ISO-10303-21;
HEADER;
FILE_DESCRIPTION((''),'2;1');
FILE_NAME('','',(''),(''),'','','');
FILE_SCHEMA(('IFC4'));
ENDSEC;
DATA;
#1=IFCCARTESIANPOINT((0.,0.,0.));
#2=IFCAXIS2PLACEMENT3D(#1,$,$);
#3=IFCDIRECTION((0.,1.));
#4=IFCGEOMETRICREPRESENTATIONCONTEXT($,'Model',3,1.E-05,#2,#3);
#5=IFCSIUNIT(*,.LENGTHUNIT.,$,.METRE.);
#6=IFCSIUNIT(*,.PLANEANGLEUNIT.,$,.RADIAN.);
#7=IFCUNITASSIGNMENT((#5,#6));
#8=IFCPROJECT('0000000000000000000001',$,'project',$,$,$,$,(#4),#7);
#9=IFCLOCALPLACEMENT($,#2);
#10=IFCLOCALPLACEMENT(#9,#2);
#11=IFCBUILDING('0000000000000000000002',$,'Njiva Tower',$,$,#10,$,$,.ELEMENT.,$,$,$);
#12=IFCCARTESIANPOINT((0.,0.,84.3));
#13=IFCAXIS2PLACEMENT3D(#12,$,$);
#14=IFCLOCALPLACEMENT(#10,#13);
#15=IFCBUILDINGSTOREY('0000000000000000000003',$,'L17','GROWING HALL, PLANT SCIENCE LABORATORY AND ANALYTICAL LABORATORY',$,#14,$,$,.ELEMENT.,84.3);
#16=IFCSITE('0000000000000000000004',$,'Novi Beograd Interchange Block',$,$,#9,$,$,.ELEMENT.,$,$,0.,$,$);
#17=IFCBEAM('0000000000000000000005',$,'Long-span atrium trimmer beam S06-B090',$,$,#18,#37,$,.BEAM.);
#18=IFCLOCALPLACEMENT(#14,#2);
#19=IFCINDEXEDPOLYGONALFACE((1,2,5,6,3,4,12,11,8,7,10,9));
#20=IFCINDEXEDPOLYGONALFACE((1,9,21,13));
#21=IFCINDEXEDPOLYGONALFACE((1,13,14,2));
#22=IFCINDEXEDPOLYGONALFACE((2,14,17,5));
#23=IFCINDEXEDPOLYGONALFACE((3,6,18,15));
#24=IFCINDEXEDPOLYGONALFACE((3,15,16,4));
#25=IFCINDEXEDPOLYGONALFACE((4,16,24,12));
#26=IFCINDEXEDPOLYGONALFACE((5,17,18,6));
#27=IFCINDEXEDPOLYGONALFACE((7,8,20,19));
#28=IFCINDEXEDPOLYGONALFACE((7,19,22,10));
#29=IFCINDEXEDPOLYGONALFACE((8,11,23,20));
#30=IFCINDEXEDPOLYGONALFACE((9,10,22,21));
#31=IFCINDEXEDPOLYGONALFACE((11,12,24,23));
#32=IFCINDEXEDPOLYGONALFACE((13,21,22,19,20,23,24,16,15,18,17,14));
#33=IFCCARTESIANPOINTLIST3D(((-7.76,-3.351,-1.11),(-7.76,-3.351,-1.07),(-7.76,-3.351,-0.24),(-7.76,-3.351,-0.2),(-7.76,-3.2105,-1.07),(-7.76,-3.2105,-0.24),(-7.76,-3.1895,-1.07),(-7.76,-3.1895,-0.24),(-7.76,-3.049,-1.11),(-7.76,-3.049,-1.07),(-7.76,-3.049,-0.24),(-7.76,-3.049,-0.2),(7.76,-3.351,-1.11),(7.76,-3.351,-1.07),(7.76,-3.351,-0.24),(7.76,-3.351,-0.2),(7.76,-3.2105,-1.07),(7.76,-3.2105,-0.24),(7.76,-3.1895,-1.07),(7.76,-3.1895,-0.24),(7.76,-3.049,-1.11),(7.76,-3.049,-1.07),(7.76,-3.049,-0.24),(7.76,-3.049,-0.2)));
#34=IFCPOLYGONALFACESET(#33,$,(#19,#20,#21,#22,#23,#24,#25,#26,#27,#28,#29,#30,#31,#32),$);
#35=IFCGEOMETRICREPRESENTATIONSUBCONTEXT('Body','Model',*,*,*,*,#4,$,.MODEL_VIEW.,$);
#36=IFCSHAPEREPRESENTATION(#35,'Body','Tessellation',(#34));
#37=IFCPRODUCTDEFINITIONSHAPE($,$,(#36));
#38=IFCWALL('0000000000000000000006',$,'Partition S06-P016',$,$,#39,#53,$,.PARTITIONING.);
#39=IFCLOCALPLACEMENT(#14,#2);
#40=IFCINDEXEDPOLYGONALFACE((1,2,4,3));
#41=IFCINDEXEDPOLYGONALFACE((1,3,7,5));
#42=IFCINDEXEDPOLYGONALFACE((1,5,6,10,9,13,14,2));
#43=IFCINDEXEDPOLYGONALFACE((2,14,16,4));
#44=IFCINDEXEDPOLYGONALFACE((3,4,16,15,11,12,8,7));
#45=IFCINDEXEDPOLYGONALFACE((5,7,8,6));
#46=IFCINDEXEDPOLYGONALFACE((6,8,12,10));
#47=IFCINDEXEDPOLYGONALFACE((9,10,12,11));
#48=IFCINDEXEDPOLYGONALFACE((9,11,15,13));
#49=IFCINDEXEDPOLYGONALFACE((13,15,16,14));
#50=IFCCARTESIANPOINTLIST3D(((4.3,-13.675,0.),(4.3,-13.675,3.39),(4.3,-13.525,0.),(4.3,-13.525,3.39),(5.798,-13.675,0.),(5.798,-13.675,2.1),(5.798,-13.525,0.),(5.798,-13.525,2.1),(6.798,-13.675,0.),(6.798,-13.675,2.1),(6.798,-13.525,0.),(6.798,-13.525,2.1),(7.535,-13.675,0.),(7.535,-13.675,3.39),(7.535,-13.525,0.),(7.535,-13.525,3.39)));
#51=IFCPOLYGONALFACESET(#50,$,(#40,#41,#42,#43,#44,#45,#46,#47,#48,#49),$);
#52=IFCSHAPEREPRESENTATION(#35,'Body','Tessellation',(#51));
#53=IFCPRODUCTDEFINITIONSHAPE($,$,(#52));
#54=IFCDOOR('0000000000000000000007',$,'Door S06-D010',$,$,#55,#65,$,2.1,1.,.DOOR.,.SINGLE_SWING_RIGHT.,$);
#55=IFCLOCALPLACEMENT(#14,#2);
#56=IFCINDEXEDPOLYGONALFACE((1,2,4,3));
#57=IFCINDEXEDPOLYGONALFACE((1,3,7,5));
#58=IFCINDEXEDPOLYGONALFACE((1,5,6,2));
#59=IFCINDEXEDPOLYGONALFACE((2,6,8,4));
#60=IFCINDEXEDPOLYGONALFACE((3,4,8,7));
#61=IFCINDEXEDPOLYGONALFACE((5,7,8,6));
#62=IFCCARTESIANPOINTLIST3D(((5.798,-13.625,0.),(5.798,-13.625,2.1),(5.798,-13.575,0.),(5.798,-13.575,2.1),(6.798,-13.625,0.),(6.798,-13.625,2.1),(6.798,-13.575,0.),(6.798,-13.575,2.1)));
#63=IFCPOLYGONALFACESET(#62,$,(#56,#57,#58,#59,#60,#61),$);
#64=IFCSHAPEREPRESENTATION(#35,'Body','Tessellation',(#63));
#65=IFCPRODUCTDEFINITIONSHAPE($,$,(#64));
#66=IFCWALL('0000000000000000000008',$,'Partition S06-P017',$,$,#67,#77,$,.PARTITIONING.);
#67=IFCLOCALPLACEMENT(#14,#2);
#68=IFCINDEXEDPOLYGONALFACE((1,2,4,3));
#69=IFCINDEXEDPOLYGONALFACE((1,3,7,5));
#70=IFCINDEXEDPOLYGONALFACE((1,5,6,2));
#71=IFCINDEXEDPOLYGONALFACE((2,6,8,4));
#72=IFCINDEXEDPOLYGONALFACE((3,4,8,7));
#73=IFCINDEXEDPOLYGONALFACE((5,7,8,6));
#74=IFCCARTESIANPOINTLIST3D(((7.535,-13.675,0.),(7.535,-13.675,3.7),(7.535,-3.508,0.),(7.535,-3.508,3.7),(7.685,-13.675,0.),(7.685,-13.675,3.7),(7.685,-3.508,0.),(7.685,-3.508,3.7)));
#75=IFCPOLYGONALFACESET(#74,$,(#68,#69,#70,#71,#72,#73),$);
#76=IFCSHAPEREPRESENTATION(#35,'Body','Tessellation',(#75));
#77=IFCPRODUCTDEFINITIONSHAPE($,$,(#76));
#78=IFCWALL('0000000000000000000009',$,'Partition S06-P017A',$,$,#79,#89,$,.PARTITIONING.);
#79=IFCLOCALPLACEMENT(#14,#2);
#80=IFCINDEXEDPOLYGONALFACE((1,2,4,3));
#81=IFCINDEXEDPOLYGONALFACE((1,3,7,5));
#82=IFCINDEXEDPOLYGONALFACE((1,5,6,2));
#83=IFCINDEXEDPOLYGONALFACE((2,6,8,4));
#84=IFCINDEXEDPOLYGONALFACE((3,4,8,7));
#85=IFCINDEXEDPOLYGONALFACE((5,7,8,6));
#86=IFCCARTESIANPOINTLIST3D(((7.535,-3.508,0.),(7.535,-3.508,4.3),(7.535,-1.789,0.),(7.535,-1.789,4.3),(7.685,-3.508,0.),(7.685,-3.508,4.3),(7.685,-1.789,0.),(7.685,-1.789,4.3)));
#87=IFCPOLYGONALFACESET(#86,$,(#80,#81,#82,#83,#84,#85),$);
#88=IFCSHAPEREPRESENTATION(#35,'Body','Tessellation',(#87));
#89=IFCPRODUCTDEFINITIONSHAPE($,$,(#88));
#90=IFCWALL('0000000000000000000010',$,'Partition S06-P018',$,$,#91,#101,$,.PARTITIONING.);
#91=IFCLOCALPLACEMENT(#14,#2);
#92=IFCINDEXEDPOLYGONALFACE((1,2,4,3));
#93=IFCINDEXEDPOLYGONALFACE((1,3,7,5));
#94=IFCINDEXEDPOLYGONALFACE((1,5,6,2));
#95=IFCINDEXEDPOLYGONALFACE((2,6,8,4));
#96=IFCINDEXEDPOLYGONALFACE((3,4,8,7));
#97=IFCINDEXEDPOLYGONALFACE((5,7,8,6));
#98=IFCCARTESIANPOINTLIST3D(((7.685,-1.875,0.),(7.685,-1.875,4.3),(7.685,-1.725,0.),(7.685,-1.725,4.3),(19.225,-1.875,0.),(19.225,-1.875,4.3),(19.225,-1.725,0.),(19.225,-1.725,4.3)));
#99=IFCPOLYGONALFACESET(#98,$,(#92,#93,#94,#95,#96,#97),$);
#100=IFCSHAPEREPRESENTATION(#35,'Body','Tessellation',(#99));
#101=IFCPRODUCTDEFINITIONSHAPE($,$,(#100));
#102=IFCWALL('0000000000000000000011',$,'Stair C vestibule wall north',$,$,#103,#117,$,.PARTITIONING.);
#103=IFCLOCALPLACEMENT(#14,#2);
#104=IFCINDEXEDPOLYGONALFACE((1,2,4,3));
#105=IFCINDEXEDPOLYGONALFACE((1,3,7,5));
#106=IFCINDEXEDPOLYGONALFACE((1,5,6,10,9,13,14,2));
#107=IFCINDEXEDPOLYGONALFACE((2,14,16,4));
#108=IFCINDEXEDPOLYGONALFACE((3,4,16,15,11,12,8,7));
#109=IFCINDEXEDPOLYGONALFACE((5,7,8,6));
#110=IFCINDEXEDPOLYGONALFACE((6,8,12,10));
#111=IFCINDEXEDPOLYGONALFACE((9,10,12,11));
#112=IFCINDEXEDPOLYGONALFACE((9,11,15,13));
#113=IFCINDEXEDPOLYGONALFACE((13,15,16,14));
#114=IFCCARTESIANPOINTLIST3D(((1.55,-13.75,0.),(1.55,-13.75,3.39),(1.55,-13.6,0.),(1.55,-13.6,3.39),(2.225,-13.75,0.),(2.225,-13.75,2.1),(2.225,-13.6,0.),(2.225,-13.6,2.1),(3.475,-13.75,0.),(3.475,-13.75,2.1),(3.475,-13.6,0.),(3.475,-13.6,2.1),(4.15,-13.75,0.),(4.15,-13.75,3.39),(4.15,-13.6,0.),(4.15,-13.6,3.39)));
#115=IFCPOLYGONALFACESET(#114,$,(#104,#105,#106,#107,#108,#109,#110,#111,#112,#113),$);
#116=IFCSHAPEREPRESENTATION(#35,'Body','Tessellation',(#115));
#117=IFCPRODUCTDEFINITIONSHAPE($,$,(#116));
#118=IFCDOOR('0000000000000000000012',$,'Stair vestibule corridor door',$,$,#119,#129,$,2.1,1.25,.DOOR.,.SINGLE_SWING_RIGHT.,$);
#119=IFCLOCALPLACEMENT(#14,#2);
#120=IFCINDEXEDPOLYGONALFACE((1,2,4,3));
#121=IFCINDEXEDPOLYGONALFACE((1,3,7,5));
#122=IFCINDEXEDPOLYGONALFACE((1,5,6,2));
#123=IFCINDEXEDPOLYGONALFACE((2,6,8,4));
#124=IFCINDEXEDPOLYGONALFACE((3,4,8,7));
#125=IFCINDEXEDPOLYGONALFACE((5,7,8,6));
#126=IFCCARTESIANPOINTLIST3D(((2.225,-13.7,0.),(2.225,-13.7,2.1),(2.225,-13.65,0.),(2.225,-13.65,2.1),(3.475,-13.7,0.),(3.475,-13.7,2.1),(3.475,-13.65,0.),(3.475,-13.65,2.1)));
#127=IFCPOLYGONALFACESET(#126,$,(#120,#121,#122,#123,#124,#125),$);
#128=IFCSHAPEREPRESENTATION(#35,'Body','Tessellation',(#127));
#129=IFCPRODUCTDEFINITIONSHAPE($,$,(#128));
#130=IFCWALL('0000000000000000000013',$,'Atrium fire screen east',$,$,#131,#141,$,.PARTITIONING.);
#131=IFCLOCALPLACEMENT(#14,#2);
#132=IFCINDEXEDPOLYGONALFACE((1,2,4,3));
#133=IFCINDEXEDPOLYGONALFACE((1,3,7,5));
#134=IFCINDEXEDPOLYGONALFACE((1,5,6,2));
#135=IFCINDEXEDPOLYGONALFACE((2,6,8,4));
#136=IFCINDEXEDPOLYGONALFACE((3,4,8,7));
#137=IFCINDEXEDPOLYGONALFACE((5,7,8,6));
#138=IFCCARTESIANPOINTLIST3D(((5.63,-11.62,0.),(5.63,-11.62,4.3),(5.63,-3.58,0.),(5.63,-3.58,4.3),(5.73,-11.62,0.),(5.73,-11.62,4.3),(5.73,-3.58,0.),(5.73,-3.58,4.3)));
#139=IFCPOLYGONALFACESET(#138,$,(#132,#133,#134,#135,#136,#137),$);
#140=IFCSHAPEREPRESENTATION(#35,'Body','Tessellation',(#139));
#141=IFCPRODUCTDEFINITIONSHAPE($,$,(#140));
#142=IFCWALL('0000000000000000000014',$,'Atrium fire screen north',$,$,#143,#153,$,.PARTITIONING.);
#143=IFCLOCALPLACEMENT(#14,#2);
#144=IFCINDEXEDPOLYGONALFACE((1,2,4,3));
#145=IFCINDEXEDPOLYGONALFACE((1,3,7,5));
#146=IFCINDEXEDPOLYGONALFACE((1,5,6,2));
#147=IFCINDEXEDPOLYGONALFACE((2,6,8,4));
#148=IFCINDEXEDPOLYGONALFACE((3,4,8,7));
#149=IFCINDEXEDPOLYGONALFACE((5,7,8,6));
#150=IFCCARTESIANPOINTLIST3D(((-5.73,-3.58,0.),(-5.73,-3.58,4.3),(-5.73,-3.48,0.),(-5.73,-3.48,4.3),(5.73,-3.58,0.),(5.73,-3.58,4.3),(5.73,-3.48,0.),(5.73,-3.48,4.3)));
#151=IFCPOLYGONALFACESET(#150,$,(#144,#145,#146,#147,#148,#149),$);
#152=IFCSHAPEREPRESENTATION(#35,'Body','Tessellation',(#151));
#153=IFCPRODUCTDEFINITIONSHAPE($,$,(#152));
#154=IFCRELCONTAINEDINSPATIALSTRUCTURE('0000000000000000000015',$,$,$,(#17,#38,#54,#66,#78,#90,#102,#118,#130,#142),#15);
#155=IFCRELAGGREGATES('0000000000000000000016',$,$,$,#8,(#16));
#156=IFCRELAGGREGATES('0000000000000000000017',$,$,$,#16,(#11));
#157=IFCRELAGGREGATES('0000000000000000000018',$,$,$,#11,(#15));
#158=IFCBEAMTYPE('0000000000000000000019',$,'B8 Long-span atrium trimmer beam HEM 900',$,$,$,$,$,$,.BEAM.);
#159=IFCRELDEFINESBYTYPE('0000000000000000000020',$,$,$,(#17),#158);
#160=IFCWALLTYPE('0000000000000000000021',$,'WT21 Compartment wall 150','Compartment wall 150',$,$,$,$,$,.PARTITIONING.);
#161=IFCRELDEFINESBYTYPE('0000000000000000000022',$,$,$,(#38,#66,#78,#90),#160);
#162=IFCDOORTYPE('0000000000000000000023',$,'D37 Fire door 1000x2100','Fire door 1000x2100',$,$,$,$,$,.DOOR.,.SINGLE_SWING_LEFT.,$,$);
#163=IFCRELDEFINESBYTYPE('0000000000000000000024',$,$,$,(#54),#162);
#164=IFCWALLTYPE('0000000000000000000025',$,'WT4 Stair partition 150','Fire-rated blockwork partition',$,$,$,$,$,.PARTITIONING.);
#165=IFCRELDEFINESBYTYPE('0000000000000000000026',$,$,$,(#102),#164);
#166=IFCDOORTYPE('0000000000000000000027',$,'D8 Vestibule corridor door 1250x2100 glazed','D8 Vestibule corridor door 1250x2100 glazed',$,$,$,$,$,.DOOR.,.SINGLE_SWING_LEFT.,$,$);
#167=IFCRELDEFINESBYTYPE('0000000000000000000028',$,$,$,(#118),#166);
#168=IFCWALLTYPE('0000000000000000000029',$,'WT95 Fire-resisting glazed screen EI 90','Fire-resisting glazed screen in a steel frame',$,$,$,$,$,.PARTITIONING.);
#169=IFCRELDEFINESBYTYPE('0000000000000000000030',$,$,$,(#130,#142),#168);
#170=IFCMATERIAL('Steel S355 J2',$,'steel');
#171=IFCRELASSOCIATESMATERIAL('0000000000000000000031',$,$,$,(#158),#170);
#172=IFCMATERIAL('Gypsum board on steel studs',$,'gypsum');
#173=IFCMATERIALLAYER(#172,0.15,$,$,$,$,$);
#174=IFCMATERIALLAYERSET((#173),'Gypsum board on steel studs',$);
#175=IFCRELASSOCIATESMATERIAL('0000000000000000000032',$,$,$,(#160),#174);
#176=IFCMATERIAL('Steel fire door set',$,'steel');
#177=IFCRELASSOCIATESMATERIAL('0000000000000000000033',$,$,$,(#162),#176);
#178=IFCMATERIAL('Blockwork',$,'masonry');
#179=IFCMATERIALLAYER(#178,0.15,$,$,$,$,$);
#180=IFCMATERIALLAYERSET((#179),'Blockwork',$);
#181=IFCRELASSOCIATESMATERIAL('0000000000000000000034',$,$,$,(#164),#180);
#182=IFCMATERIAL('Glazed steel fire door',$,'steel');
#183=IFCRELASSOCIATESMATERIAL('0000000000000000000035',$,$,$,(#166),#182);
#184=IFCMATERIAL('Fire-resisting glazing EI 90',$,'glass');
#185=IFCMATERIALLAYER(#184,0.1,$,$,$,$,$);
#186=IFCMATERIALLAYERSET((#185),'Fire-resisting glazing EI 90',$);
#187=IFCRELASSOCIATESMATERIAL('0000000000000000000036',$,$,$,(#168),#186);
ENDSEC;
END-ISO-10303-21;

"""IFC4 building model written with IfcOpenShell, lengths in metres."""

from ifc_helpers import new_model, si_unit, direction, frame, frame_2d, origin, origin_2d, place, context, subcontext, project, spatial, rectangle, i_section, extrude, material, layer, layer_set, material_profile, profile_set, type_object, element, fill, save


model = new_model("IFC4")

# Units and contexts
model_context = context("Model", 3, precision=1e-05, world=origin(), true_north=direction((0.0, 1.0)))
body_context = subcontext(model_context, "Body", "Model", "MODEL_VIEW")
ifc_project = project(units=[si_unit("LENGTHUNIT", "METRE"), si_unit("PLANEANGLEUNIT", "RADIAN")], contexts=[model_context])

# Site, building, storey
site_placement = place(None, origin())
site = spatial("IfcSite", under=ifc_project, at=site_placement, Name="Novi Beograd Interchange Block", CompositionType="ELEMENT", RefElevation=0.0)
building_placement = place(site_placement, origin())
building = spatial("IfcBuilding", under=site, at=building_placement, Name="Njiva Tower", CompositionType="ELEMENT")
storey_placement = place(building_placement, frame((0.0, 0.0, 84.3)))
storey = spatial("IfcBuildingStorey", under=building, at=storey_placement, Name="L17", Description="GROWING HALL, PLANT SCIENCE LABORATORY AND ANALYTICAL LABORATORY", CompositionType="ELEMENT", Elevation=84.3)

# Shared definitions
ifc_material_1 = material(Name="Steel S355 J2", Category="steel")

# Beam
ifc_material_profile_1 = material_profile(ifc_material_1, i_section(OverallWidth=0.302, OverallDepth=0.91, WebThickness=0.021, FlangeThickness=0.04, at=origin_2d()), Name="HEM 900")
ifc_profile_set_1 = profile_set([ifc_material_profile_1], Name="Steel S355 J2")
beam_type_1 = type_object("IfcBeamType", Name="B8 Long-span atrium trimmer beam HEM 900", PredefinedType="BEAM", material=ifc_profile_set_1)
beam_1_placement = place(storey_placement, frame((7.76, -3.2, -0.655), z_axis=(-1.0, 0.0, 0.0), x_axis=(0.0, -1.0, 0.0)))
element("IfcBeam", 1, at=beam_1_placement, inside=storey, type_object=beam_type_1, Name="Long-span atrium trimmer beam S06-B090", PredefinedType="BEAM", context=body_context, shape_type="SweptSolid", body=[
    extrude(i_section(OverallWidth=0.302, OverallDepth=0.91, WebThickness=0.021, FlangeThickness=0.04, at=origin_2d()), origin(), (0.0, 0.0, 1.0), 15.52),
])

# Wall, opening, door
ifc_material_2 = material(Name="Gypsum board on steel studs", Category="gypsum")
ifc_layer_1 = layer(ifc_material_2, 0.15)
ifc_layer_set_1 = layer_set([ifc_layer_1], Name="Gypsum board on steel studs")
wall_type_1 = type_object("IfcWallType", Name="WT21 Compartment wall 150", Description="Compartment wall 150", PredefinedType="PARTITIONING", material=ifc_layer_set_1)
wall_1_placement = place(storey_placement, frame((4.3, -13.6, 0.0), z_axis=(0.0, 0.0, 1.0), x_axis=(1.0, 0.0, 0.0)))
wall_1 = element("IfcWall", 2, at=wall_1_placement, inside=storey, type_object=wall_type_1, Name="Partition S06-P016", PredefinedType="PARTITIONING", context=body_context, shape_type="SweptSolid", body=[
    extrude(rectangle(XDim=3.235, YDim=0.15, at=frame_2d((1.6175, 0.0))), origin(), (0.0, 0.0, 1.0), 3.39),
])
opening_1_placement = place(wall_1_placement, frame((1.498, 0.0, 0.0)))
opening_1 = element("IfcOpeningElement", 3, at=opening_1_placement, cuts=wall_1, PredefinedType="OPENING", context=body_context, shape_type="SweptSolid", body=[
    extrude(rectangle(XDim=1.0, YDim=2.1, at=frame_2d((0.5, 1.05))), frame((0.0, 0.085, 0.0), z_axis=(0.0, -1.0, 0.0), x_axis=(1.0, 0.0, 0.0)), (0.0, 0.0, 1.0), 0.17),
])
ifc_material_3 = material(Name="Steel fire door set", Category="steel")
door_type_1 = type_object("IfcDoorType", Name="D37 Fire door 1000x2100", Description="Fire door 1000x2100", OperationType="SINGLE_SWING_LEFT", PredefinedType="DOOR", material=ifc_material_3)
door_1_placement = place(opening_1_placement, origin())
door_1 = element("IfcDoor", 4, at=door_1_placement, inside=storey, type_object=door_type_1, Name="Door S06-D010", OperationType="SINGLE_SWING_RIGHT", OverallHeight=2.1, OverallWidth=1.0, PredefinedType="DOOR", context=body_context, shape_type="SweptSolid", body=[
    extrude(rectangle(XDim=1.0, YDim=2.1, at=frame_2d((0.5, 1.05))), frame((0.0, 0.025, 0.0), z_axis=(0.0, -1.0, 0.0), x_axis=(1.0, 0.0, 0.0)), (0.0, 0.0, 1.0), 0.05),
])
fill(opening_1, door_1)

# Walls
wall_2_placement = place(storey_placement, frame((7.61, -13.675, 0.0), z_axis=(0.0, 0.0, 1.0), x_axis=(0.0, 1.0, 0.0)))
element("IfcWall", 5, at=wall_2_placement, inside=storey, type_object=wall_type_1, Name="Partition S06-P017", PredefinedType="PARTITIONING", context=body_context, shape_type="SweptSolid", body=[
    extrude(rectangle(XDim=10.167, YDim=0.15, at=frame_2d((5.0835, 0.0))), origin(), (0.0, 0.0, 1.0), 3.7),
])
wall_3_placement = place(storey_placement, frame((7.61, -3.508, 0.0), z_axis=(0.0, 0.0, 1.0), x_axis=(0.0, 1.0, 0.0)))
element("IfcWall", 6, at=wall_3_placement, inside=storey, type_object=wall_type_1, Name="Partition S06-P017A", PredefinedType="PARTITIONING", context=body_context, shape_type="SweptSolid", body=[
    extrude(rectangle(XDim=1.719, YDim=0.15, at=frame_2d((0.8595, 0.0))), origin(), (0.0, 0.0, 1.0), 4.3),
])
wall_4_placement = place(storey_placement, frame((7.685, -1.8, 0.0), z_axis=(0.0, 0.0, 1.0), x_axis=(1.0, 0.0, 0.0)))
element("IfcWall", 7, at=wall_4_placement, inside=storey, type_object=wall_type_1, Name="Partition S06-P018", PredefinedType="PARTITIONING", context=body_context, shape_type="SweptSolid", body=[
    extrude(rectangle(XDim=11.54, YDim=0.15, at=frame_2d((5.77, 0.0))), origin(), (0.0, 0.0, 1.0), 4.3),
])

# Wall, opening, door
ifc_material_4 = material(Name="Blockwork", Category="masonry")
ifc_layer_2 = layer(ifc_material_4, 0.15)
ifc_layer_set_2 = layer_set([ifc_layer_2], Name="Blockwork")
wall_type_2 = type_object("IfcWallType", Name="WT4 Stair partition 150", Description="Fire-rated blockwork partition", PredefinedType="PARTITIONING", material=ifc_layer_set_2)
wall_5_placement = place(storey_placement, frame((1.55, -13.675, 0.0), z_axis=(0.0, 0.0, 1.0), x_axis=(1.0, 0.0, 0.0)))
wall_5 = element("IfcWall", 8, at=wall_5_placement, inside=storey, type_object=wall_type_2, Name="Stair C vestibule wall north", PredefinedType="PARTITIONING", context=body_context, shape_type="SweptSolid", body=[
    extrude(rectangle(XDim=2.6, YDim=0.15, at=frame_2d((1.3, 0.0))), origin(), (0.0, 0.0, 1.0), 3.39),
])
opening_2_placement = place(wall_5_placement, frame((0.675, 0.0, 0.0)))
opening_2 = element("IfcOpeningElement", 9, at=opening_2_placement, cuts=wall_5, PredefinedType="OPENING", context=body_context, shape_type="SweptSolid", body=[
    extrude(rectangle(XDim=1.25, YDim=2.1, at=frame_2d((0.625, 1.05))), frame((0.0, 0.085, 0.0), z_axis=(0.0, -1.0, 0.0), x_axis=(1.0, 0.0, 0.0)), (0.0, 0.0, 1.0), 0.17),
])
ifc_material_5 = material(Name="Glazed steel fire door", Category="steel")
door_type_2 = type_object("IfcDoorType", Name="D8 Vestibule corridor door 1250x2100 glazed", Description="D8 Vestibule corridor door 1250x2100 glazed", OperationType="SINGLE_SWING_LEFT", PredefinedType="DOOR", material=ifc_material_5)
door_2_placement = place(opening_2_placement, origin())
door_2 = element("IfcDoor", 10, at=door_2_placement, inside=storey, type_object=door_type_2, Name="Stair vestibule corridor door", OperationType="SINGLE_SWING_RIGHT", OverallHeight=2.1, OverallWidth=1.25, PredefinedType="DOOR", context=body_context, shape_type="SweptSolid", body=[
    extrude(rectangle(XDim=1.25, YDim=2.1, at=frame_2d((0.625, 1.05))), frame((0.0, 0.025, 0.0), z_axis=(0.0, -1.0, 0.0), x_axis=(1.0, 0.0, 0.0)), (0.0, 0.0, 1.0), 0.05),
])
fill(opening_2, door_2)

# Walls
ifc_material_6 = material(Name="Fire-resisting glazing EI 90", Category="glass")
ifc_layer_3 = layer(ifc_material_6, 0.1)
ifc_layer_set_3 = layer_set([ifc_layer_3], Name="Fire-resisting glazing EI 90")
wall_type_3 = type_object("IfcWallType", Name="WT95 Fire-resisting glazed screen EI 90", Description="Fire-resisting glazed screen in a steel frame", PredefinedType="PARTITIONING", material=ifc_layer_set_3)
wall_6_placement = place(storey_placement, frame((5.68, -11.62, 0.0), z_axis=(0.0, 0.0, 1.0), x_axis=(0.0, 1.0, 0.0)))
element("IfcWall", 11, at=wall_6_placement, inside=storey, type_object=wall_type_3, Name="Atrium fire screen east", PredefinedType="PARTITIONING", context=body_context, shape_type="SweptSolid", body=[
    extrude(rectangle(XDim=8.04, YDim=0.1, at=frame_2d((4.02, 0.0))), origin(), (0.0, 0.0, 1.0), 4.3),
])
wall_7_placement = place(storey_placement, frame((5.73, -3.53, 0.0), z_axis=(0.0, 0.0, 1.0), x_axis=(-1.0, 0.0, 0.0)))
element("IfcWall", 12, at=wall_7_placement, inside=storey, type_object=wall_type_3, Name="Atrium fire screen north", PredefinedType="PARTITIONING", context=body_context, shape_type="SweptSolid", body=[
    extrude(rectangle(XDim=11.46, YDim=0.1, at=frame_2d((5.73, 0.0))), origin(), (0.0, 0.0, 1.0), 4.3),
])

save(model, "model.ifc")
